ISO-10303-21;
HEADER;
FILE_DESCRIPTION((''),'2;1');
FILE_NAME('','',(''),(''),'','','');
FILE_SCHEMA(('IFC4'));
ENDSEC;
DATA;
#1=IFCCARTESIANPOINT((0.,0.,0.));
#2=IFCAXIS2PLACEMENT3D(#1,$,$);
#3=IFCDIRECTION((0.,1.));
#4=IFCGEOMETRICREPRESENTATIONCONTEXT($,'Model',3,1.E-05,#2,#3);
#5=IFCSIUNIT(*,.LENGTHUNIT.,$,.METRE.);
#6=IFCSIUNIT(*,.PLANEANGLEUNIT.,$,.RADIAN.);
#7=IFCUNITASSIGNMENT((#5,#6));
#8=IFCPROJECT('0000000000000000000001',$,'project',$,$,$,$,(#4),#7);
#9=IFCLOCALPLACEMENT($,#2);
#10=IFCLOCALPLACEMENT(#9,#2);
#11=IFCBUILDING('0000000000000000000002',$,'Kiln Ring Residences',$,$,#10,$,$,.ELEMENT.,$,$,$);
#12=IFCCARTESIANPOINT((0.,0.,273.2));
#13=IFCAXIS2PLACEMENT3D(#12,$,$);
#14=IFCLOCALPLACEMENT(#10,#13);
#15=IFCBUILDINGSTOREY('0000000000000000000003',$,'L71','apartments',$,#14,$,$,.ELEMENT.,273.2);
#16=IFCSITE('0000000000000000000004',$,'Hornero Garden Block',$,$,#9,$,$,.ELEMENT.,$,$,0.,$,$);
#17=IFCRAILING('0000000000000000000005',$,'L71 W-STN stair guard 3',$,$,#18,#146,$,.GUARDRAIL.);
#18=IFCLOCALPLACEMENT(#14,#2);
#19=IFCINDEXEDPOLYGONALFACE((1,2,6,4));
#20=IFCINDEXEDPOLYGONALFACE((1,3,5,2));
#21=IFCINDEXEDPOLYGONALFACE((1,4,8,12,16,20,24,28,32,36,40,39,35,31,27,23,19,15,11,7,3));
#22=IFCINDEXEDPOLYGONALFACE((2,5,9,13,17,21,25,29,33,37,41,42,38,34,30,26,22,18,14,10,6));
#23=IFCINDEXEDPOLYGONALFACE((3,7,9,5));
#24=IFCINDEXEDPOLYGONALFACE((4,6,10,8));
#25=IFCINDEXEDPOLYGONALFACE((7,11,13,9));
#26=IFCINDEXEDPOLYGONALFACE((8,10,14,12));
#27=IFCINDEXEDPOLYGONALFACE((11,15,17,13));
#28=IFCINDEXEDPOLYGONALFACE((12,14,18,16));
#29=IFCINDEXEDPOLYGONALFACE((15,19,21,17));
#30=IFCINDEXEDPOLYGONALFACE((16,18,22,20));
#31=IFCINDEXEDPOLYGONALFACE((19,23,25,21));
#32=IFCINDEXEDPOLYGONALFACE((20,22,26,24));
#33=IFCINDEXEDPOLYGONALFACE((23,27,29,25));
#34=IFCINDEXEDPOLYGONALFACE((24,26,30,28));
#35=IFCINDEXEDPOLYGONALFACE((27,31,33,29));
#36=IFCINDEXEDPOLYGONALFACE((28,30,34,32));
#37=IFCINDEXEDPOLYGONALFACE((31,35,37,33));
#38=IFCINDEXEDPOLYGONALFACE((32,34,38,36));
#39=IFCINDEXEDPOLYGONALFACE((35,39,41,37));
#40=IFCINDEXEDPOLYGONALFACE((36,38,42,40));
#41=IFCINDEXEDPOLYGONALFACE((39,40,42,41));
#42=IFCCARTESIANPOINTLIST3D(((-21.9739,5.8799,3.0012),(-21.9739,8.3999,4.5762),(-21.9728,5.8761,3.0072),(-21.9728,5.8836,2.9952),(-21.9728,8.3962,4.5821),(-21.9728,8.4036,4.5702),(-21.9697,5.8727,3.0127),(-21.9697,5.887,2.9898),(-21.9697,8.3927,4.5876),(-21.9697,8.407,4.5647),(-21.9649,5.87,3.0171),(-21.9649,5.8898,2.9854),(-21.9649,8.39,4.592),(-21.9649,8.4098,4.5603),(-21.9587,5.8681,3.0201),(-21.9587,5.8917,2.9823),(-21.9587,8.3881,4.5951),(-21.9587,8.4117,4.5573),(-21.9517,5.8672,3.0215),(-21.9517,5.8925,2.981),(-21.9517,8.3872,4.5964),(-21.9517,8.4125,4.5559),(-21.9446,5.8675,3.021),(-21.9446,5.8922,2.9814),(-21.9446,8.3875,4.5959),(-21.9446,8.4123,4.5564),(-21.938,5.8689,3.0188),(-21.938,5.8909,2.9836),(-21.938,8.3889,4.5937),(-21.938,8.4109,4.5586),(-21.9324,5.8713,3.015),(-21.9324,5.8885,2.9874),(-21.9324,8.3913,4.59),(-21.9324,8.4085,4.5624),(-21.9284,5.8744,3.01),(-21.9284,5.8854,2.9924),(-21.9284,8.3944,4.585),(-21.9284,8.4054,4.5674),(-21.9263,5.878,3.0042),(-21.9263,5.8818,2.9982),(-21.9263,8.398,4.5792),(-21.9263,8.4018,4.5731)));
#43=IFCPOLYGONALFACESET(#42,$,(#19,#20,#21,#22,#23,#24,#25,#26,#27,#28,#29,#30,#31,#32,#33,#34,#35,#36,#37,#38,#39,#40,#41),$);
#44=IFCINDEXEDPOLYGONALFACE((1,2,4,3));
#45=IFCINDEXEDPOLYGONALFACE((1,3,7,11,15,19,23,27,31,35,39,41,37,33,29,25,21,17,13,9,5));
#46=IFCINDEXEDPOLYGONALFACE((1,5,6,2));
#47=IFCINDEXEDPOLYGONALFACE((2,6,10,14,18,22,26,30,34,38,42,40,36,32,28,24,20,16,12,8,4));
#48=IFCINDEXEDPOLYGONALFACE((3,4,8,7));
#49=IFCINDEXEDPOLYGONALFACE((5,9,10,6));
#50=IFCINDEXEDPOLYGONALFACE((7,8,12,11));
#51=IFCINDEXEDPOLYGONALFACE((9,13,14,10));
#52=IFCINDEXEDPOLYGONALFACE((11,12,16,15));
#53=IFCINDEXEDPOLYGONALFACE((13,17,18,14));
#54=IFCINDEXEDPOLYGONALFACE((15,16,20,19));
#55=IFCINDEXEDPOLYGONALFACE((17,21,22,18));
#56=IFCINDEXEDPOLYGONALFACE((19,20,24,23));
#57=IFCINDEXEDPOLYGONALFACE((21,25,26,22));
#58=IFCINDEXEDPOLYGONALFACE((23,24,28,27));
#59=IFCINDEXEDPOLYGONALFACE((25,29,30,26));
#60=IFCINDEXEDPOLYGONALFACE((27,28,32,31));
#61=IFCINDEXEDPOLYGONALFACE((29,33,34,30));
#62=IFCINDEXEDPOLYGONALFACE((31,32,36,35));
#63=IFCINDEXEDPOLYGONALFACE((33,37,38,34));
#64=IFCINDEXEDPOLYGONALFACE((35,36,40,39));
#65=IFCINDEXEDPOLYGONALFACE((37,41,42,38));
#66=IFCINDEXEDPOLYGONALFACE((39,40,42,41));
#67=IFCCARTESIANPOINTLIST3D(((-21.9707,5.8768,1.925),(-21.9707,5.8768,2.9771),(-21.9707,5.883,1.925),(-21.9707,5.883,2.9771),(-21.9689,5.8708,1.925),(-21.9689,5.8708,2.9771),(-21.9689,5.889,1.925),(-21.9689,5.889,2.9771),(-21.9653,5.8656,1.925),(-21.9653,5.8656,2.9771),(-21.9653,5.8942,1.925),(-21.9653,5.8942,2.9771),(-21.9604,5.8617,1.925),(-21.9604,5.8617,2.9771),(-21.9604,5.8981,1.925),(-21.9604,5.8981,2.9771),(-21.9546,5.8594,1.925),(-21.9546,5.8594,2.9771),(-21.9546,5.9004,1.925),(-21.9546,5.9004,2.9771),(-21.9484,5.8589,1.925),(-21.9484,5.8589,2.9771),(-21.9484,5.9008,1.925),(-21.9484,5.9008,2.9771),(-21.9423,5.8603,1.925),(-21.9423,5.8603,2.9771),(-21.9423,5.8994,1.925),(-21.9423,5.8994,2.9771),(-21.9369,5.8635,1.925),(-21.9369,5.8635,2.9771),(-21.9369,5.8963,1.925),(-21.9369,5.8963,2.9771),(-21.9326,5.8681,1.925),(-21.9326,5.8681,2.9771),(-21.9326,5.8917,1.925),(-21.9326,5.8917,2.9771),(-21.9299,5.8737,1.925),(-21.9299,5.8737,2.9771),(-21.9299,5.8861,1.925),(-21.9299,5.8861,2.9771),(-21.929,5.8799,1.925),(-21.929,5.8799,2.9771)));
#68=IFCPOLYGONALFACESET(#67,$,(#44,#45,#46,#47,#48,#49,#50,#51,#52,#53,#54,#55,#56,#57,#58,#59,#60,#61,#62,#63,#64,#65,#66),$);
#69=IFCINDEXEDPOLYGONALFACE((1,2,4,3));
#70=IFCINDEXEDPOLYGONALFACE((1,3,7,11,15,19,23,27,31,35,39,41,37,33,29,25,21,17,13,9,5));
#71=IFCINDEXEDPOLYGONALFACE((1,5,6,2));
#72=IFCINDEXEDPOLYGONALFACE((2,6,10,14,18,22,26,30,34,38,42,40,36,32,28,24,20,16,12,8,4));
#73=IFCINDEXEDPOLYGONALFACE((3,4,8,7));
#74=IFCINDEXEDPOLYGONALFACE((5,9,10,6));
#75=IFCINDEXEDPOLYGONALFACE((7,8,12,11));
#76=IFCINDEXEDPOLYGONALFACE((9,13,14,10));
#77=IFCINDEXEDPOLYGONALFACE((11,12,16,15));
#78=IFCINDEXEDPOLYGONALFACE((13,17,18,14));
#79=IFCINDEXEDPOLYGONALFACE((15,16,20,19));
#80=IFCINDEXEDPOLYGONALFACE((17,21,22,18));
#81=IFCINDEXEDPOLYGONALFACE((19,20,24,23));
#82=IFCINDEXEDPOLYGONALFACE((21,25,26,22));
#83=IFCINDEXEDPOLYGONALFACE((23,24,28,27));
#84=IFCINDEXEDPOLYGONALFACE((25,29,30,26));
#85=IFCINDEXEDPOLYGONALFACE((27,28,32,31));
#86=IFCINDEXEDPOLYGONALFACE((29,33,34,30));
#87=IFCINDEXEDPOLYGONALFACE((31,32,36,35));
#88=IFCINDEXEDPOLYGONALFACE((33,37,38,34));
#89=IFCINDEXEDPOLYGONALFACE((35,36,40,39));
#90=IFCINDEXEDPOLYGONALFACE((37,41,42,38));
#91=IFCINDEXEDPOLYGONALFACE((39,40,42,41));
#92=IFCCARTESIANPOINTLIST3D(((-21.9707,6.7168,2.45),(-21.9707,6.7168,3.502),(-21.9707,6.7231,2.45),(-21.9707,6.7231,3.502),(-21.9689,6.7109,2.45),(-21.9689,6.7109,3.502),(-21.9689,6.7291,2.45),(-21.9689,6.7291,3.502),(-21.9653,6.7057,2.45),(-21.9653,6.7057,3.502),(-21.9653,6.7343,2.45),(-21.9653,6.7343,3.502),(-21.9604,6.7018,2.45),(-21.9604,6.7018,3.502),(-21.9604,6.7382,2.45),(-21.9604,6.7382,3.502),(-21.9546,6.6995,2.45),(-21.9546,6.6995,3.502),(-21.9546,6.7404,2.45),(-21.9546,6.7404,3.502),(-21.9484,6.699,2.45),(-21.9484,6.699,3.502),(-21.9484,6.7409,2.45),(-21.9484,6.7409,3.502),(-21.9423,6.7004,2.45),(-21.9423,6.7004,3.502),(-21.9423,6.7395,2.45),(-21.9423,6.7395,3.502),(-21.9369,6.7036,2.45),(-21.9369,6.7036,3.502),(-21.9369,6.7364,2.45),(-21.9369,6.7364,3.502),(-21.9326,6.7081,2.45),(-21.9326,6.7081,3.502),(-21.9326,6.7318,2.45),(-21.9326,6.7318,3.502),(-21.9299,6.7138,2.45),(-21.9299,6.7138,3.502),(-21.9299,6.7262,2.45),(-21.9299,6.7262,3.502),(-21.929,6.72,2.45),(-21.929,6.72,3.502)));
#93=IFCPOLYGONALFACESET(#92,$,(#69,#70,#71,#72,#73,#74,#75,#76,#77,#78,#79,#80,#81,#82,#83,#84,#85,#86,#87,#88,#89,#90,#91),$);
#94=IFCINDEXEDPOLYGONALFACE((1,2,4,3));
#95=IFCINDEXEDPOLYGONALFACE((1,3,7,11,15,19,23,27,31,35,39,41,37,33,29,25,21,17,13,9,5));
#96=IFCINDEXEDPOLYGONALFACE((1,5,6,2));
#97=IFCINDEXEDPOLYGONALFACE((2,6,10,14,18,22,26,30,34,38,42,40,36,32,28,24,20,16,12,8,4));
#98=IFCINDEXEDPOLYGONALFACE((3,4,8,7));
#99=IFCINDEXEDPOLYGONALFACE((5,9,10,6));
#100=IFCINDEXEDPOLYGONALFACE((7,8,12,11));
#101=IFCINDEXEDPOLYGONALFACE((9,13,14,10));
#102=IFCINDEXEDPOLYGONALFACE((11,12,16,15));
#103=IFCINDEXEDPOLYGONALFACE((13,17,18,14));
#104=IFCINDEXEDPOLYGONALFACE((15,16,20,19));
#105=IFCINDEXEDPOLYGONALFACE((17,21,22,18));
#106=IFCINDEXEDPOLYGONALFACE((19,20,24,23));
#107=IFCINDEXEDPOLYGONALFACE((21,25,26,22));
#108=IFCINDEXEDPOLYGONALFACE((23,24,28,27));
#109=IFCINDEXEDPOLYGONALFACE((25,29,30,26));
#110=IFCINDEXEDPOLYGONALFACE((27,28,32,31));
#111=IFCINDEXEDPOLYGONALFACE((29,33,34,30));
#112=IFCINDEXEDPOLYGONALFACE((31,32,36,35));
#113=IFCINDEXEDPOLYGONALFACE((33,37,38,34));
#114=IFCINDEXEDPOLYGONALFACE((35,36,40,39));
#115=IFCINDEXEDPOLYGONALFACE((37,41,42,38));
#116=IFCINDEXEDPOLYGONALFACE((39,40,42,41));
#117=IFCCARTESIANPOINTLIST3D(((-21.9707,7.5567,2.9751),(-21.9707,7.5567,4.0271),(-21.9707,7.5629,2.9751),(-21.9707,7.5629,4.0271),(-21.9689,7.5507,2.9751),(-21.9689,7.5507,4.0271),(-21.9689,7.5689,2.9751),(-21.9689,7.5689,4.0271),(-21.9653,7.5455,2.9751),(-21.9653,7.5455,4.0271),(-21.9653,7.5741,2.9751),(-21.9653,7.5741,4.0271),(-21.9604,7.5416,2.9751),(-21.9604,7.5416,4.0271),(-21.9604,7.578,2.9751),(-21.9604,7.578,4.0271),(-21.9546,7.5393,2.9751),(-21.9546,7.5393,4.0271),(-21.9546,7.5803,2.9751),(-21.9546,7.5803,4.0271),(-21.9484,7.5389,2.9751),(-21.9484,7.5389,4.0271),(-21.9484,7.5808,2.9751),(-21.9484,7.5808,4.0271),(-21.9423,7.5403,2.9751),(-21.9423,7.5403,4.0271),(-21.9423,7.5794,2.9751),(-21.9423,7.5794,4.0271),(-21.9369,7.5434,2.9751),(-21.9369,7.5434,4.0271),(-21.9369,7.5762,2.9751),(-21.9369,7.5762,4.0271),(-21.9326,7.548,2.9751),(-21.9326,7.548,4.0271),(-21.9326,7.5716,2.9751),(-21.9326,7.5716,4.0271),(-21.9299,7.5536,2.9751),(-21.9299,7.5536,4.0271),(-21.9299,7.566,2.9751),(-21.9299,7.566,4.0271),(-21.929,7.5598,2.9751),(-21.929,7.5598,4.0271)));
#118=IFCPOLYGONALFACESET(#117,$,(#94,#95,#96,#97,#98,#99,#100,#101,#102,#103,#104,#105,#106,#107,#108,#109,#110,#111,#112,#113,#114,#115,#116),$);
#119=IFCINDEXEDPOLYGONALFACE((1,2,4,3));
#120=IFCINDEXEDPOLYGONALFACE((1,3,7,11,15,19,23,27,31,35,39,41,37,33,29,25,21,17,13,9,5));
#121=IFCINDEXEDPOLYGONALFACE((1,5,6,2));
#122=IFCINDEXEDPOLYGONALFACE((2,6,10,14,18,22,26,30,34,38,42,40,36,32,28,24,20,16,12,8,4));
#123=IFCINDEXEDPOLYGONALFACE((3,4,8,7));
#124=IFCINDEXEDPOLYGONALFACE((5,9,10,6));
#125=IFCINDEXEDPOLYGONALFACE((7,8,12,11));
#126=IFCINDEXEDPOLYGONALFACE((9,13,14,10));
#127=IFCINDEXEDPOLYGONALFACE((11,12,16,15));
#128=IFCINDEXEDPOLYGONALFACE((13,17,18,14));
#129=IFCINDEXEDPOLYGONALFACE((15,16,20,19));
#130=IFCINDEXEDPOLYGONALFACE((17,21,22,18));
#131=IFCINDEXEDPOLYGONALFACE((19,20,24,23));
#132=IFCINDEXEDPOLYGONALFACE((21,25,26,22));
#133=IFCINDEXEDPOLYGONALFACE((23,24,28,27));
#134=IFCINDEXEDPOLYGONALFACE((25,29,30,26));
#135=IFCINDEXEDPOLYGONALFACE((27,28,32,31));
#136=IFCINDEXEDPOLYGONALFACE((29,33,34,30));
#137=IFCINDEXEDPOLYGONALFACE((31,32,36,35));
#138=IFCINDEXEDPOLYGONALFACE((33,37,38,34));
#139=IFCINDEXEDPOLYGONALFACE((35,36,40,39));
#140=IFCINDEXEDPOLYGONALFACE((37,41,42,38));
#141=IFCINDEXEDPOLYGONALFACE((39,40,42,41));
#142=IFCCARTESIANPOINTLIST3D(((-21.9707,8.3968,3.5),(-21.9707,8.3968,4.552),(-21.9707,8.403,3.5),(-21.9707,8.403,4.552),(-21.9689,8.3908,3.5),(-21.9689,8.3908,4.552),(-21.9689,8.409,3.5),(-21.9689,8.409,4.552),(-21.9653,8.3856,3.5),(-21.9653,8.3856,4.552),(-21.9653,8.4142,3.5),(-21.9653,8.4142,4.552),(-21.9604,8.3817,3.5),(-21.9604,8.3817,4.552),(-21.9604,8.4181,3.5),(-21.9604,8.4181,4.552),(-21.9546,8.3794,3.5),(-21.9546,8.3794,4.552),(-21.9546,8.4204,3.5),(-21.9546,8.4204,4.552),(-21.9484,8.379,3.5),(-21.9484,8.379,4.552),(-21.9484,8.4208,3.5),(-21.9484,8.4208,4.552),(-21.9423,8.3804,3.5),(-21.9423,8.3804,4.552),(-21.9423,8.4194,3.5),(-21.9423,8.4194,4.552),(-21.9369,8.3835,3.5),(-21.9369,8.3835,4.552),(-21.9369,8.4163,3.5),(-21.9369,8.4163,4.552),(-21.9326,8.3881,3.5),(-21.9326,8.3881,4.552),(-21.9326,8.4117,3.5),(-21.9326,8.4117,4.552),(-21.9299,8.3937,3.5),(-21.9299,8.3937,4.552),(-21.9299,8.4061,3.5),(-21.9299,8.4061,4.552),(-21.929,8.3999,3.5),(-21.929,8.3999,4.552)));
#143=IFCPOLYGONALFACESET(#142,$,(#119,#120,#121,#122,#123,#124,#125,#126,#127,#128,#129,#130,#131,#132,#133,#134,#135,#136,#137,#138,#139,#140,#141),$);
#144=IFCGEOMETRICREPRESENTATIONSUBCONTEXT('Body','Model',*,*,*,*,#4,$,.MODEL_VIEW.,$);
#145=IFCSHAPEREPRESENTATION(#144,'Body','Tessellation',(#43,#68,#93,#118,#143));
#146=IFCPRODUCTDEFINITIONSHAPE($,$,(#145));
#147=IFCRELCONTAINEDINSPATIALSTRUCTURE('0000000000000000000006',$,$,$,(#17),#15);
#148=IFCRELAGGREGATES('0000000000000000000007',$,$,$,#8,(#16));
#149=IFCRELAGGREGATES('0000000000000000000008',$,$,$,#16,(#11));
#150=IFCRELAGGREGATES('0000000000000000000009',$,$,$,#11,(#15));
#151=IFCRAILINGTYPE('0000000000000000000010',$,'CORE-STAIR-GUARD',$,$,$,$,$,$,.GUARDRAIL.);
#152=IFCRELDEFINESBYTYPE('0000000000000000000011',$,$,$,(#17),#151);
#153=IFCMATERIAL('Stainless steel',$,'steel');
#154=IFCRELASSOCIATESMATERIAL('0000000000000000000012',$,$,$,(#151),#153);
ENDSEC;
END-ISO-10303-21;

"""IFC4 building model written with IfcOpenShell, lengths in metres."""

from ifc_helpers import new_model, si_unit, direction, frame, origin, origin_2d, place, context, subcontext, project, spatial, circle, extrude, material, type_object, element, save


model = new_model("IFC4")

# Units and contexts
model_context = context("Model", 3, precision=1e-05, world=origin(), true_north=direction((0.0, 1.0)))
body_context = subcontext(model_context, "Body", "Model", "MODEL_VIEW")
ifc_project = project(units=[si_unit("LENGTHUNIT", "METRE"), si_unit("PLANEANGLEUNIT", "RADIAN")], contexts=[model_context])

# Site, building, storey
site_placement = place(None, origin())
site = spatial("IfcSite", under=ifc_project, at=site_placement, Name="Hornero Garden Block", CompositionType="ELEMENT", RefElevation=0.0)
building_placement = place(site_placement, origin())
building = spatial("IfcBuilding", under=site, at=building_placement, Name="Kiln Ring Residences", CompositionType="ELEMENT")
storey_placement = place(building_placement, frame((0.0, 0.0, 273.2)))
storey = spatial("IfcBuildingStorey", under=building, at=storey_placement, Name="L71", Description="apartments", CompositionType="ELEMENT", Elevation=273.2)

# Railing
ifc_material_1 = material(Name="Stainless steel", Category="steel")
railing_type_1 = type_object("IfcRailingType", Name="CORE-STAIR-GUARD", PredefinedType="GUARDRAIL", material=ifc_material_1)
railing_1_placement = place(storey_placement, frame((-21.95, 5.8799, 1.925)))
element("IfcRailing", 1, at=railing_1_placement, inside=storey, type_object=railing_type_1, Name="L71 W-STN stair guard 3", PredefinedType="GUARDRAIL", context=body_context, shape_type="SweptSolid", body=[
    extrude(circle(Radius=0.0239, at=origin_2d()), frame((0.0, 0.0, 1.0762), z_axis=(0.0, 0.848008, 0.529984), x_axis=(-1.0, 0.0, 0.0)), (0.0, 0.0, 1.0), 2.9717),
    extrude(circle(Radius=0.021, at=origin_2d()), origin(), (0.0, 0.0, 1.0), 1.052),
    extrude(circle(Radius=0.021, at=origin_2d()), frame((0.0, 0.8401, 0.5249)), (0.0, 0.0, 1.0), 1.052),
    extrude(circle(Radius=0.021, at=origin_2d()), frame((0.0, 1.6799, 1.05)), (0.0, 0.0, 1.0), 1.052),
    extrude(circle(Radius=0.021, at=origin_2d()), frame((0.0, 2.52, 1.575)), (0.0, 0.0, 1.0), 1.052),
])

save(model, "model.ifc")
